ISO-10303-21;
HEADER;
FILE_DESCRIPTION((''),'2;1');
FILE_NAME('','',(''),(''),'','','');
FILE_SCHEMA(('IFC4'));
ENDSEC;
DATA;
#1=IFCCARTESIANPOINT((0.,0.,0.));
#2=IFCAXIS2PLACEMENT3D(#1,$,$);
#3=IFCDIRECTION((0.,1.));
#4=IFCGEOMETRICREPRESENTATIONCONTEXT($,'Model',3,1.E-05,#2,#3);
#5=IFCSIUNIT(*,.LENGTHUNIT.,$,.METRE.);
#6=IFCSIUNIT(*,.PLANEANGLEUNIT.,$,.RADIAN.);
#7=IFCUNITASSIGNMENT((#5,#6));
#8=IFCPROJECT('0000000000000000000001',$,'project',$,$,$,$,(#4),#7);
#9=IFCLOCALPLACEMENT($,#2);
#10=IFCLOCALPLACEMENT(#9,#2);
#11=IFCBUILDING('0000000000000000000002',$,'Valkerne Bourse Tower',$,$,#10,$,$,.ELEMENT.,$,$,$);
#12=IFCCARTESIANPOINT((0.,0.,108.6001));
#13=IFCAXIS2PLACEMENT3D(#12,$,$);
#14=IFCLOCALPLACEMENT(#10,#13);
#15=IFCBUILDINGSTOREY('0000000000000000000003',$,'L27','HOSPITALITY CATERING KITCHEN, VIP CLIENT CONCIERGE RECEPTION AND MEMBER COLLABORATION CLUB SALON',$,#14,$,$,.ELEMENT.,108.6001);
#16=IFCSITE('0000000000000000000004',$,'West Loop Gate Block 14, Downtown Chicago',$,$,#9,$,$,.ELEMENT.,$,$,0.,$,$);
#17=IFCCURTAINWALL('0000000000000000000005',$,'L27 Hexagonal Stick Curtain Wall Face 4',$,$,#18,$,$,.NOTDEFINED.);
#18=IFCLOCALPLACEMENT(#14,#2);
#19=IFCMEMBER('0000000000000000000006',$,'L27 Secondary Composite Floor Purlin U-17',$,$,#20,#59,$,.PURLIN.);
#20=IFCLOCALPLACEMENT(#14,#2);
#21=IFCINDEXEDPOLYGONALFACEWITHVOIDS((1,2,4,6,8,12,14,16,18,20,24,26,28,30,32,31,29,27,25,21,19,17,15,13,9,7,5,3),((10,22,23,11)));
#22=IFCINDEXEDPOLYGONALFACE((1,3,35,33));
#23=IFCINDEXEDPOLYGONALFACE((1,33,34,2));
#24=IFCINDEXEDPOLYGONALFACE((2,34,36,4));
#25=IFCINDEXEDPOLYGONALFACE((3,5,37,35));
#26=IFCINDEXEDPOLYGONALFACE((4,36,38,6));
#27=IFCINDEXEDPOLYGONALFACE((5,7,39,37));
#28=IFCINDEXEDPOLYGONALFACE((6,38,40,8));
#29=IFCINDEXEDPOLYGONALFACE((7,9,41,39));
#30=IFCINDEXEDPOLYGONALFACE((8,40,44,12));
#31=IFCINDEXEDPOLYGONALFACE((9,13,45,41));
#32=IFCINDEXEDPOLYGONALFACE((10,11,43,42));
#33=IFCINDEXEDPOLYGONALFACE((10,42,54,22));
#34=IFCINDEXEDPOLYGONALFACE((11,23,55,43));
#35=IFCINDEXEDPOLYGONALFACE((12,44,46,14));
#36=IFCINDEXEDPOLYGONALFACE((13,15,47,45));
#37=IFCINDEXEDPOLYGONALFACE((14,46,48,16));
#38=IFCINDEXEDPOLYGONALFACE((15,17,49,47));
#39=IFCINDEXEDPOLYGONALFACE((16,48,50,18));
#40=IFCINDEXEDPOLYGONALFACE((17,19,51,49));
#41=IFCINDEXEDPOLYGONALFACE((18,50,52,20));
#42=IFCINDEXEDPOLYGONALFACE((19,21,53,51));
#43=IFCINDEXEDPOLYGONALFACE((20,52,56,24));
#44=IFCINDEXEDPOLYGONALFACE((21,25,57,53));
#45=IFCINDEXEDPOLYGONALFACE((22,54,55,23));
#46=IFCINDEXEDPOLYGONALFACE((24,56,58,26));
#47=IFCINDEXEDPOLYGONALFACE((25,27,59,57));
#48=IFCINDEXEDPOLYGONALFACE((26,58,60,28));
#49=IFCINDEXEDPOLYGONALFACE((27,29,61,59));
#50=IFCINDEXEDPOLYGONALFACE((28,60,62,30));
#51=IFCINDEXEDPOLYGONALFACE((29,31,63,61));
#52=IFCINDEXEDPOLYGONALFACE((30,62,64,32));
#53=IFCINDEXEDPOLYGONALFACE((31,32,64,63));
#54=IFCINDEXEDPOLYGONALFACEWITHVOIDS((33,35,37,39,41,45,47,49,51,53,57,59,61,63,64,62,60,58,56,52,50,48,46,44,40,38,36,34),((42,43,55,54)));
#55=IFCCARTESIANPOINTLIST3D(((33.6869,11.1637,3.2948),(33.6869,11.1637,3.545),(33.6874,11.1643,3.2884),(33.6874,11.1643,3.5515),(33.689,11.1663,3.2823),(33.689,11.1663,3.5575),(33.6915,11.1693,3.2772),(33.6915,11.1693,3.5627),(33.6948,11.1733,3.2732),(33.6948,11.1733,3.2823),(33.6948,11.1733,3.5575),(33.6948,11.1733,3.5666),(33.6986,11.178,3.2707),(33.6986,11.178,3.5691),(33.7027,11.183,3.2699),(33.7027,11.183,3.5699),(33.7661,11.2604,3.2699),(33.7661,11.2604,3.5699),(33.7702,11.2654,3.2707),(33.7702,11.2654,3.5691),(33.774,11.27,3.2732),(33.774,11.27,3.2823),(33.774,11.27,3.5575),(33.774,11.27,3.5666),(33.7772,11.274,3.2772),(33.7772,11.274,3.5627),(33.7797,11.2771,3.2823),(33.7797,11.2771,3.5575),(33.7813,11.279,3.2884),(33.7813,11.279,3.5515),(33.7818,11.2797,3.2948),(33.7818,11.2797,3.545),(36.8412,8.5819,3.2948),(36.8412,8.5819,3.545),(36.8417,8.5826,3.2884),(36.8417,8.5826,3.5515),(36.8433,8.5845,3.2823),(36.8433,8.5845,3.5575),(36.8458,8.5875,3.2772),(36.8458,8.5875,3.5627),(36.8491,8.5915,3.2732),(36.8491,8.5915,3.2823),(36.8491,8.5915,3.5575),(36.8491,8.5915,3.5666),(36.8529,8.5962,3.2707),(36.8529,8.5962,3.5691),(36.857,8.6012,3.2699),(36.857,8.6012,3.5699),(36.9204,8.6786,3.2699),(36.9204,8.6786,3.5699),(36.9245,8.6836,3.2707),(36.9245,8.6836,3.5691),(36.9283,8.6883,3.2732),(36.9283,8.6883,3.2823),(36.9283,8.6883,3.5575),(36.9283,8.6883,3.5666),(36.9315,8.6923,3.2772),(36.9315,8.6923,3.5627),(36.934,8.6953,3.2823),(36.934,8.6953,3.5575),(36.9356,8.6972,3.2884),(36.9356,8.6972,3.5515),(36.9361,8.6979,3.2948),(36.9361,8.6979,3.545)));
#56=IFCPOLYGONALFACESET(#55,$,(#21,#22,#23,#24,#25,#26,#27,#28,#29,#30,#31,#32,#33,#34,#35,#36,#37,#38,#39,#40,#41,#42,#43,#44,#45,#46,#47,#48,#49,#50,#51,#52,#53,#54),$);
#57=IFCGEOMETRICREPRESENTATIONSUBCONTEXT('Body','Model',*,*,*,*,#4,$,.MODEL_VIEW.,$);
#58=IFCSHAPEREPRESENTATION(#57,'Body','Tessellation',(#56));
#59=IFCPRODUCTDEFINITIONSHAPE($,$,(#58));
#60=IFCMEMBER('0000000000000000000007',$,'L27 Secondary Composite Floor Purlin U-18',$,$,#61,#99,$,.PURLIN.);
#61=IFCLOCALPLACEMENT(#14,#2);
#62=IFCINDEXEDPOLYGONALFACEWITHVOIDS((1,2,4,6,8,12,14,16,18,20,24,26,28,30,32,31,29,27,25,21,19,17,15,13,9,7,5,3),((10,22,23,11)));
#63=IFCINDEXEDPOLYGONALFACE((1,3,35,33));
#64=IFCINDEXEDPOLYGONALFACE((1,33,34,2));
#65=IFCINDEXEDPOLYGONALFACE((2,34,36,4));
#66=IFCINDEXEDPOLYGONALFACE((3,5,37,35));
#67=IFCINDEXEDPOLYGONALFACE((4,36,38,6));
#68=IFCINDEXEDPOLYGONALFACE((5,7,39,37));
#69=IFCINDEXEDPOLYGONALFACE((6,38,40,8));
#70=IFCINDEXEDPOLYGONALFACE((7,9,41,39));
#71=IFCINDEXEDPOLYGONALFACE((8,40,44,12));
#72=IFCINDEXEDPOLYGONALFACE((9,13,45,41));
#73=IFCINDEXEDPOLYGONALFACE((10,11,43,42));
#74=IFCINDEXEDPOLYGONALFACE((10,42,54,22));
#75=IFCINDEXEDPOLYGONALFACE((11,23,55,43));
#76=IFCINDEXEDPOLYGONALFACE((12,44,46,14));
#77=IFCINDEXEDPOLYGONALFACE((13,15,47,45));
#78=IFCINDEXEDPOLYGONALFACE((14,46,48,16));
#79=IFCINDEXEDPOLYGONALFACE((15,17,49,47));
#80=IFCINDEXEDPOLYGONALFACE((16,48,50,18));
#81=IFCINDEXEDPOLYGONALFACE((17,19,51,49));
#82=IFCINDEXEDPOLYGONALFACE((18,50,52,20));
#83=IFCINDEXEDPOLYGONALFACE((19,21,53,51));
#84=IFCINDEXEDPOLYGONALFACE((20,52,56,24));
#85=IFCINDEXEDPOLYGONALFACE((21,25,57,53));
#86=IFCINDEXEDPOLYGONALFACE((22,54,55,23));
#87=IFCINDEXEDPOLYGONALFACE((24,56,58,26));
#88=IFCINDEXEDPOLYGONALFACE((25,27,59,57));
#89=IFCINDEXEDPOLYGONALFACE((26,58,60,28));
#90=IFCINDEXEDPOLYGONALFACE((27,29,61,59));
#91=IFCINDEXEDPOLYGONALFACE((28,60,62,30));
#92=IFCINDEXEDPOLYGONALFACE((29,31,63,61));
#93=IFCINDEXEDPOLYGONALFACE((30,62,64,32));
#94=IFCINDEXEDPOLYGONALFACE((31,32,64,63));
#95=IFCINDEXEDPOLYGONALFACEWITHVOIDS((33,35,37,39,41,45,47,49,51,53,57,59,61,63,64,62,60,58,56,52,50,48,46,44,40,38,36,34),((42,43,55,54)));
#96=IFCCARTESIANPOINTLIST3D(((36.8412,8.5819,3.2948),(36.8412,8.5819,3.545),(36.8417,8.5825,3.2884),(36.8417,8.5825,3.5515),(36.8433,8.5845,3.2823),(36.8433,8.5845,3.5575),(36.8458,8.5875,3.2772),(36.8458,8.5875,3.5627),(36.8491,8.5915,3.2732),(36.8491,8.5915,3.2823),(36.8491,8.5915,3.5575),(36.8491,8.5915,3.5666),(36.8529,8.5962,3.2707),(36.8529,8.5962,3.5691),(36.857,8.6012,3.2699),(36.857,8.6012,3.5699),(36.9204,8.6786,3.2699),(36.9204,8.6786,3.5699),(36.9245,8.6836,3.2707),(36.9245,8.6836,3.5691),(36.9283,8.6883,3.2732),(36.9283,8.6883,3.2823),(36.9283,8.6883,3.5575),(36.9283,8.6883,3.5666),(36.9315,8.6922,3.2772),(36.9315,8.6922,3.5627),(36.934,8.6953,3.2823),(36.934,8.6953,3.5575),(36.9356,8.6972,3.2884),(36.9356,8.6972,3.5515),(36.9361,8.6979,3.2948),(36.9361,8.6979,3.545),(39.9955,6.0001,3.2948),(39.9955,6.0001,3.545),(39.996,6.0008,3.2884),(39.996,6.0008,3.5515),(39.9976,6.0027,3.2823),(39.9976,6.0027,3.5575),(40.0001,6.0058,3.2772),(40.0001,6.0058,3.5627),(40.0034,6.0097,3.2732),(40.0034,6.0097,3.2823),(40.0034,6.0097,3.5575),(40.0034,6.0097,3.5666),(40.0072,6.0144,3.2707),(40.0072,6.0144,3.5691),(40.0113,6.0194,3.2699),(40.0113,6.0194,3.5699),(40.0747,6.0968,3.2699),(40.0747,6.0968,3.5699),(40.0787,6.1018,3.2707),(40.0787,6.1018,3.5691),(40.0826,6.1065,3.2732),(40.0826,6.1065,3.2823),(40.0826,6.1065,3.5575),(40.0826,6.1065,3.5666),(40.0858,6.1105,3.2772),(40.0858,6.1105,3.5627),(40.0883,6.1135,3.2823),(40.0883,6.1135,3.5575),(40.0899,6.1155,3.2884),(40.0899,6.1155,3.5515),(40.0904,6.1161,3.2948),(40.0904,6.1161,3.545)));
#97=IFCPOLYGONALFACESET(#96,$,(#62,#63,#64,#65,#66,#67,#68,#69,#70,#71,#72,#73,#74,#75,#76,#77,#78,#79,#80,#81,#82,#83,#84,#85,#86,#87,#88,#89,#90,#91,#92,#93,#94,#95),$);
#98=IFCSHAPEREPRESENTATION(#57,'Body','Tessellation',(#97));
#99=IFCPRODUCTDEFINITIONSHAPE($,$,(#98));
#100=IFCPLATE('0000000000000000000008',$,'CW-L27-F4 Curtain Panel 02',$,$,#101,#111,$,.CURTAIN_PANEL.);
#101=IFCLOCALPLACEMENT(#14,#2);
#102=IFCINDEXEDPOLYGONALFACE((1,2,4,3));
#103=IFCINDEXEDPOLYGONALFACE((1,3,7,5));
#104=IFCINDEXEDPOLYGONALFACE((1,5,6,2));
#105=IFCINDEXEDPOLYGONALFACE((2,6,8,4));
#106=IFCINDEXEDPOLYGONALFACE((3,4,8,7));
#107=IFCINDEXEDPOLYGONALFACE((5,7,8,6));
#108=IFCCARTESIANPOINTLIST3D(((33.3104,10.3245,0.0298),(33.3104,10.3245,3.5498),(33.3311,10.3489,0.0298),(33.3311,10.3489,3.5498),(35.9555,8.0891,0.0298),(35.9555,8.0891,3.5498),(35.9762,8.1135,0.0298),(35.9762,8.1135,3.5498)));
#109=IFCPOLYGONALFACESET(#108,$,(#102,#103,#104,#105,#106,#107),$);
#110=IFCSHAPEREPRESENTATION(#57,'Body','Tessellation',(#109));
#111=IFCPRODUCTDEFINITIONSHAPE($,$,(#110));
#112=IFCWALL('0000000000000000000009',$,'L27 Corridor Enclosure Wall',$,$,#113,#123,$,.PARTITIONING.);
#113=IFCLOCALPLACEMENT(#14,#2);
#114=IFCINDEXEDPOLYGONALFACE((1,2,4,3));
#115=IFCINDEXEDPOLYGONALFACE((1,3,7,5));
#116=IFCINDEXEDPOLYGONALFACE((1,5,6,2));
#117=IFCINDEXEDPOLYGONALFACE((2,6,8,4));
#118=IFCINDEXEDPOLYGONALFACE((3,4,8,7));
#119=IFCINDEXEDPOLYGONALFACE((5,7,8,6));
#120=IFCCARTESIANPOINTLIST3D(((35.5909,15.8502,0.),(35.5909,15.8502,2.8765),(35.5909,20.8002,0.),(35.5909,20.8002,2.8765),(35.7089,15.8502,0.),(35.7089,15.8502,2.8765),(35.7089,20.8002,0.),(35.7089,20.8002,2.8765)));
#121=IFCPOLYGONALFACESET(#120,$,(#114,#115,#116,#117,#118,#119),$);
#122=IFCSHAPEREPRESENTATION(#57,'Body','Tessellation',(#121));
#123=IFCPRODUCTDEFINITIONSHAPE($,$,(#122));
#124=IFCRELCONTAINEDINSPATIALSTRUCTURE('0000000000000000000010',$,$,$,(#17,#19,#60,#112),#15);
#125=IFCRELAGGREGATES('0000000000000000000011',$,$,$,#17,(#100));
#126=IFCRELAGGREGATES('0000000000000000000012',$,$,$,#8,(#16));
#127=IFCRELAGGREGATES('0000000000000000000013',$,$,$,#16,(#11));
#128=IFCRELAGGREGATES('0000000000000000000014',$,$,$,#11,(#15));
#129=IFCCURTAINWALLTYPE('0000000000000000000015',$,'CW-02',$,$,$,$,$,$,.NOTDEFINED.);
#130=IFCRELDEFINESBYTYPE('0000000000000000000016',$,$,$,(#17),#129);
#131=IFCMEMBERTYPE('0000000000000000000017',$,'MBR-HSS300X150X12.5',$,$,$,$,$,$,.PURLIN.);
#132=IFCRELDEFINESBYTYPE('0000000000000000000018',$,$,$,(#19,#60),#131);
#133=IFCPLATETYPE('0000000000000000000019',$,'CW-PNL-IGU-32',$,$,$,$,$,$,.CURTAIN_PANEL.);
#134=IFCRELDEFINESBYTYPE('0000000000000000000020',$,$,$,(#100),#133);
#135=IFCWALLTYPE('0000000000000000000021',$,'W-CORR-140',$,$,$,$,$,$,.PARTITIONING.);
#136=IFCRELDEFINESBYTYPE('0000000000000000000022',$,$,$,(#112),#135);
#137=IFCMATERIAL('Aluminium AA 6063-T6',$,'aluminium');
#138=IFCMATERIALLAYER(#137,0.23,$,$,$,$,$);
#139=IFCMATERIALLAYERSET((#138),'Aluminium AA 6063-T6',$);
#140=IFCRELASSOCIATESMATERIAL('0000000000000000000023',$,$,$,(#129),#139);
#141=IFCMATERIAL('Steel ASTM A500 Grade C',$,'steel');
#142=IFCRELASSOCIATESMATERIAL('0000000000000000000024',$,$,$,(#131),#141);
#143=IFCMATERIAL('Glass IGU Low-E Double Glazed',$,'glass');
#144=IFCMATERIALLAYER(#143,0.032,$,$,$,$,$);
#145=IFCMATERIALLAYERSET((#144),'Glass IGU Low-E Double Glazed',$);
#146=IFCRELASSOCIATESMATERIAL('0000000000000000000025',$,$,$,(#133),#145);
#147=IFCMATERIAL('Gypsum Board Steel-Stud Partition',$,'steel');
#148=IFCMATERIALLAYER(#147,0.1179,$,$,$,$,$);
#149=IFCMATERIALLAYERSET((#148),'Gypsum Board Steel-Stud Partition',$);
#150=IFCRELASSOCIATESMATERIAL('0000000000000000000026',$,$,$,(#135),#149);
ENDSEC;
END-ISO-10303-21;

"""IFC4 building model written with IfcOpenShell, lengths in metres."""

from ifc_helpers import new_model, si_unit, direction, frame, frame_2d, origin, origin_2d, place, context, subcontext, project, spatial, rectangle, hollow_rectangle, extrude, material, layer, layer_set, material_profile, profile_set, type_object, element, aggregate, save


model = new_model("IFC4")

# Units and contexts
model_context = context("Model", 3, precision=1e-05, world=origin(), true_north=direction((0.0, 1.0)))
body_context = subcontext(model_context, "Body", "Model", "MODEL_VIEW")
ifc_project = project(units=[si_unit("LENGTHUNIT", "METRE"), si_unit("PLANEANGLEUNIT", "RADIAN")], contexts=[model_context])

# Site, building, storey
site_placement = place(None, origin())
site = spatial("IfcSite", under=ifc_project, at=site_placement, Name="West Loop Gate Block 14, Downtown Chicago", CompositionType="ELEMENT", RefElevation=0.0)
building_placement = place(site_placement, origin())
building = spatial("IfcBuilding", under=site, at=building_placement, Name="Valkerne Bourse Tower", CompositionType="ELEMENT")
storey_placement = place(building_placement, frame((0.0, 0.0, 108.6001)))
storey = spatial("IfcBuildingStorey", under=building, at=storey_placement, Name="L27", Description="HOSPITALITY CATERING KITCHEN, VIP CLIENT CONCIERGE RECEPTION AND MEMBER COLLABORATION CLUB SALON", CompositionType="ELEMENT", Elevation=108.6001)

# Curtain wall
ifc_material_1 = material(Name="Aluminium AA 6063-T6", Category="aluminium")
ifc_layer_1 = layer(ifc_material_1, 0.23)
ifc_layer_set_1 = layer_set([ifc_layer_1], Name="Aluminium AA 6063-T6")
curtain_wall_type = type_object("IfcCurtainWallType", Name="CW-02", PredefinedType="NOTDEFINED", material=ifc_layer_set_1)
curtain_wall_placement = place(storey_placement, origin())
curtain_wall = element("IfcCurtainWall", 1, at=curtain_wall_placement, inside=storey, type_object=curtain_wall_type, Name="L27 Hexagonal Stick Curtain Wall Face 4", PredefinedType="NOTDEFINED")

# Members
ifc_material_2 = material(Name="Steel ASTM A500 Grade C", Category="steel")
ifc_material_profile_1 = material_profile(ifc_material_2, hollow_rectangle(XDim=0.1499, YDim=0.3, WallThickness=0.0125, OuterFilletRadius=0.0249, at=origin_2d()), Name="HSS300X150X12.5")
ifc_profile_set_1 = profile_set([ifc_material_profile_1], Name="Steel ASTM A500 Grade C")
member_type_1 = type_object("IfcMemberType", Name="MBR-HSS300X150X12.5", PredefinedType="PURLIN", material=ifc_profile_set_1)
for number, where, z_axis, x_axis, name in (
    (2, (33.7344, 11.2217, 3.4199), (0.773837, -0.633385, 0.0), (0.633385, 0.773837, 0.0), "L27 Secondary Composite Floor Purlin U-17"),
    (3, (36.8887, 8.6399, 3.4199), (0.773837, -0.633385, 0.0), (0.633385, 0.773837, 0.0), "L27 Secondary Composite Floor Purlin U-18"),
):
    element("IfcMember", number, at=place(storey_placement, frame(where, z_axis=z_axis, x_axis=x_axis)), inside=storey, type_object=member_type_1, Name=name, PredefinedType="PURLIN", context=body_context, shape_type="SweptSolid", body=[
        extrude(hollow_rectangle(XDim=0.1499, YDim=0.3, WallThickness=0.0125, OuterFilletRadius=0.0249, at=origin_2d()), origin(), (0.0, 0.0, 1.0), 4.0762),
    ])

# Plate
ifc_material_3 = material(Name="Glass IGU Low-E Double Glazed", Category="glass")
ifc_layer_2 = layer(ifc_material_3, 0.032)
ifc_layer_set_2 = layer_set([ifc_layer_2], Name="Glass IGU Low-E Double Glazed")
plate_type = type_object("IfcPlateType", Name="CW-PNL-IGU-32", PredefinedType="CURTAIN_PANEL", material=ifc_layer_set_2)
plate_placement = place(storey_placement, frame((34.6433, 9.219, 0.0298), z_axis=(0.0, 0.0, 1.0), x_axis=(0.763788, -0.645468, 0.0)))
plate = element("IfcPlate", 4, at=plate_placement, type_object=plate_type, Name="CW-L27-F4 Curtain Panel 02", PredefinedType="CURTAIN_PANEL", context=body_context, shape_type="SweptSolid", body=[
    extrude(rectangle(XDim=3.4631, YDim=0.032, at=origin_2d()), origin(), (0.0, 0.0, 1.0), 3.52),
])
aggregate(curtain_wall, [plate])

# Wall
ifc_material_4 = material(Name="Gypsum Board Steel-Stud Partition", Category="steel")
ifc_layer_3 = layer(ifc_material_4, 0.1179)
ifc_layer_set_3 = layer_set([ifc_layer_3], Name="Gypsum Board Steel-Stud Partition")
wall_type = type_object("IfcWallType", Name="W-CORR-140", PredefinedType="PARTITIONING", material=ifc_layer_set_3)
wall_placement = place(storey_placement, frame((35.6499, 15.8501, 0.0), z_axis=(0.0, 0.0, 1.0), x_axis=(0.0, 1.0, 0.0)))
element("IfcWall", 5, at=wall_placement, inside=storey, type_object=wall_type, Name="L27 Corridor Enclosure Wall", PredefinedType="PARTITIONING", context=body_context, shape_type="SweptSolid", body=[
    extrude(rectangle(XDim=4.95, YDim=0.1179, at=frame_2d((2.4751, 0.0))), origin(), (0.0, 0.0, 1.0), 2.8765),
])

save(model, "model.ifc")
